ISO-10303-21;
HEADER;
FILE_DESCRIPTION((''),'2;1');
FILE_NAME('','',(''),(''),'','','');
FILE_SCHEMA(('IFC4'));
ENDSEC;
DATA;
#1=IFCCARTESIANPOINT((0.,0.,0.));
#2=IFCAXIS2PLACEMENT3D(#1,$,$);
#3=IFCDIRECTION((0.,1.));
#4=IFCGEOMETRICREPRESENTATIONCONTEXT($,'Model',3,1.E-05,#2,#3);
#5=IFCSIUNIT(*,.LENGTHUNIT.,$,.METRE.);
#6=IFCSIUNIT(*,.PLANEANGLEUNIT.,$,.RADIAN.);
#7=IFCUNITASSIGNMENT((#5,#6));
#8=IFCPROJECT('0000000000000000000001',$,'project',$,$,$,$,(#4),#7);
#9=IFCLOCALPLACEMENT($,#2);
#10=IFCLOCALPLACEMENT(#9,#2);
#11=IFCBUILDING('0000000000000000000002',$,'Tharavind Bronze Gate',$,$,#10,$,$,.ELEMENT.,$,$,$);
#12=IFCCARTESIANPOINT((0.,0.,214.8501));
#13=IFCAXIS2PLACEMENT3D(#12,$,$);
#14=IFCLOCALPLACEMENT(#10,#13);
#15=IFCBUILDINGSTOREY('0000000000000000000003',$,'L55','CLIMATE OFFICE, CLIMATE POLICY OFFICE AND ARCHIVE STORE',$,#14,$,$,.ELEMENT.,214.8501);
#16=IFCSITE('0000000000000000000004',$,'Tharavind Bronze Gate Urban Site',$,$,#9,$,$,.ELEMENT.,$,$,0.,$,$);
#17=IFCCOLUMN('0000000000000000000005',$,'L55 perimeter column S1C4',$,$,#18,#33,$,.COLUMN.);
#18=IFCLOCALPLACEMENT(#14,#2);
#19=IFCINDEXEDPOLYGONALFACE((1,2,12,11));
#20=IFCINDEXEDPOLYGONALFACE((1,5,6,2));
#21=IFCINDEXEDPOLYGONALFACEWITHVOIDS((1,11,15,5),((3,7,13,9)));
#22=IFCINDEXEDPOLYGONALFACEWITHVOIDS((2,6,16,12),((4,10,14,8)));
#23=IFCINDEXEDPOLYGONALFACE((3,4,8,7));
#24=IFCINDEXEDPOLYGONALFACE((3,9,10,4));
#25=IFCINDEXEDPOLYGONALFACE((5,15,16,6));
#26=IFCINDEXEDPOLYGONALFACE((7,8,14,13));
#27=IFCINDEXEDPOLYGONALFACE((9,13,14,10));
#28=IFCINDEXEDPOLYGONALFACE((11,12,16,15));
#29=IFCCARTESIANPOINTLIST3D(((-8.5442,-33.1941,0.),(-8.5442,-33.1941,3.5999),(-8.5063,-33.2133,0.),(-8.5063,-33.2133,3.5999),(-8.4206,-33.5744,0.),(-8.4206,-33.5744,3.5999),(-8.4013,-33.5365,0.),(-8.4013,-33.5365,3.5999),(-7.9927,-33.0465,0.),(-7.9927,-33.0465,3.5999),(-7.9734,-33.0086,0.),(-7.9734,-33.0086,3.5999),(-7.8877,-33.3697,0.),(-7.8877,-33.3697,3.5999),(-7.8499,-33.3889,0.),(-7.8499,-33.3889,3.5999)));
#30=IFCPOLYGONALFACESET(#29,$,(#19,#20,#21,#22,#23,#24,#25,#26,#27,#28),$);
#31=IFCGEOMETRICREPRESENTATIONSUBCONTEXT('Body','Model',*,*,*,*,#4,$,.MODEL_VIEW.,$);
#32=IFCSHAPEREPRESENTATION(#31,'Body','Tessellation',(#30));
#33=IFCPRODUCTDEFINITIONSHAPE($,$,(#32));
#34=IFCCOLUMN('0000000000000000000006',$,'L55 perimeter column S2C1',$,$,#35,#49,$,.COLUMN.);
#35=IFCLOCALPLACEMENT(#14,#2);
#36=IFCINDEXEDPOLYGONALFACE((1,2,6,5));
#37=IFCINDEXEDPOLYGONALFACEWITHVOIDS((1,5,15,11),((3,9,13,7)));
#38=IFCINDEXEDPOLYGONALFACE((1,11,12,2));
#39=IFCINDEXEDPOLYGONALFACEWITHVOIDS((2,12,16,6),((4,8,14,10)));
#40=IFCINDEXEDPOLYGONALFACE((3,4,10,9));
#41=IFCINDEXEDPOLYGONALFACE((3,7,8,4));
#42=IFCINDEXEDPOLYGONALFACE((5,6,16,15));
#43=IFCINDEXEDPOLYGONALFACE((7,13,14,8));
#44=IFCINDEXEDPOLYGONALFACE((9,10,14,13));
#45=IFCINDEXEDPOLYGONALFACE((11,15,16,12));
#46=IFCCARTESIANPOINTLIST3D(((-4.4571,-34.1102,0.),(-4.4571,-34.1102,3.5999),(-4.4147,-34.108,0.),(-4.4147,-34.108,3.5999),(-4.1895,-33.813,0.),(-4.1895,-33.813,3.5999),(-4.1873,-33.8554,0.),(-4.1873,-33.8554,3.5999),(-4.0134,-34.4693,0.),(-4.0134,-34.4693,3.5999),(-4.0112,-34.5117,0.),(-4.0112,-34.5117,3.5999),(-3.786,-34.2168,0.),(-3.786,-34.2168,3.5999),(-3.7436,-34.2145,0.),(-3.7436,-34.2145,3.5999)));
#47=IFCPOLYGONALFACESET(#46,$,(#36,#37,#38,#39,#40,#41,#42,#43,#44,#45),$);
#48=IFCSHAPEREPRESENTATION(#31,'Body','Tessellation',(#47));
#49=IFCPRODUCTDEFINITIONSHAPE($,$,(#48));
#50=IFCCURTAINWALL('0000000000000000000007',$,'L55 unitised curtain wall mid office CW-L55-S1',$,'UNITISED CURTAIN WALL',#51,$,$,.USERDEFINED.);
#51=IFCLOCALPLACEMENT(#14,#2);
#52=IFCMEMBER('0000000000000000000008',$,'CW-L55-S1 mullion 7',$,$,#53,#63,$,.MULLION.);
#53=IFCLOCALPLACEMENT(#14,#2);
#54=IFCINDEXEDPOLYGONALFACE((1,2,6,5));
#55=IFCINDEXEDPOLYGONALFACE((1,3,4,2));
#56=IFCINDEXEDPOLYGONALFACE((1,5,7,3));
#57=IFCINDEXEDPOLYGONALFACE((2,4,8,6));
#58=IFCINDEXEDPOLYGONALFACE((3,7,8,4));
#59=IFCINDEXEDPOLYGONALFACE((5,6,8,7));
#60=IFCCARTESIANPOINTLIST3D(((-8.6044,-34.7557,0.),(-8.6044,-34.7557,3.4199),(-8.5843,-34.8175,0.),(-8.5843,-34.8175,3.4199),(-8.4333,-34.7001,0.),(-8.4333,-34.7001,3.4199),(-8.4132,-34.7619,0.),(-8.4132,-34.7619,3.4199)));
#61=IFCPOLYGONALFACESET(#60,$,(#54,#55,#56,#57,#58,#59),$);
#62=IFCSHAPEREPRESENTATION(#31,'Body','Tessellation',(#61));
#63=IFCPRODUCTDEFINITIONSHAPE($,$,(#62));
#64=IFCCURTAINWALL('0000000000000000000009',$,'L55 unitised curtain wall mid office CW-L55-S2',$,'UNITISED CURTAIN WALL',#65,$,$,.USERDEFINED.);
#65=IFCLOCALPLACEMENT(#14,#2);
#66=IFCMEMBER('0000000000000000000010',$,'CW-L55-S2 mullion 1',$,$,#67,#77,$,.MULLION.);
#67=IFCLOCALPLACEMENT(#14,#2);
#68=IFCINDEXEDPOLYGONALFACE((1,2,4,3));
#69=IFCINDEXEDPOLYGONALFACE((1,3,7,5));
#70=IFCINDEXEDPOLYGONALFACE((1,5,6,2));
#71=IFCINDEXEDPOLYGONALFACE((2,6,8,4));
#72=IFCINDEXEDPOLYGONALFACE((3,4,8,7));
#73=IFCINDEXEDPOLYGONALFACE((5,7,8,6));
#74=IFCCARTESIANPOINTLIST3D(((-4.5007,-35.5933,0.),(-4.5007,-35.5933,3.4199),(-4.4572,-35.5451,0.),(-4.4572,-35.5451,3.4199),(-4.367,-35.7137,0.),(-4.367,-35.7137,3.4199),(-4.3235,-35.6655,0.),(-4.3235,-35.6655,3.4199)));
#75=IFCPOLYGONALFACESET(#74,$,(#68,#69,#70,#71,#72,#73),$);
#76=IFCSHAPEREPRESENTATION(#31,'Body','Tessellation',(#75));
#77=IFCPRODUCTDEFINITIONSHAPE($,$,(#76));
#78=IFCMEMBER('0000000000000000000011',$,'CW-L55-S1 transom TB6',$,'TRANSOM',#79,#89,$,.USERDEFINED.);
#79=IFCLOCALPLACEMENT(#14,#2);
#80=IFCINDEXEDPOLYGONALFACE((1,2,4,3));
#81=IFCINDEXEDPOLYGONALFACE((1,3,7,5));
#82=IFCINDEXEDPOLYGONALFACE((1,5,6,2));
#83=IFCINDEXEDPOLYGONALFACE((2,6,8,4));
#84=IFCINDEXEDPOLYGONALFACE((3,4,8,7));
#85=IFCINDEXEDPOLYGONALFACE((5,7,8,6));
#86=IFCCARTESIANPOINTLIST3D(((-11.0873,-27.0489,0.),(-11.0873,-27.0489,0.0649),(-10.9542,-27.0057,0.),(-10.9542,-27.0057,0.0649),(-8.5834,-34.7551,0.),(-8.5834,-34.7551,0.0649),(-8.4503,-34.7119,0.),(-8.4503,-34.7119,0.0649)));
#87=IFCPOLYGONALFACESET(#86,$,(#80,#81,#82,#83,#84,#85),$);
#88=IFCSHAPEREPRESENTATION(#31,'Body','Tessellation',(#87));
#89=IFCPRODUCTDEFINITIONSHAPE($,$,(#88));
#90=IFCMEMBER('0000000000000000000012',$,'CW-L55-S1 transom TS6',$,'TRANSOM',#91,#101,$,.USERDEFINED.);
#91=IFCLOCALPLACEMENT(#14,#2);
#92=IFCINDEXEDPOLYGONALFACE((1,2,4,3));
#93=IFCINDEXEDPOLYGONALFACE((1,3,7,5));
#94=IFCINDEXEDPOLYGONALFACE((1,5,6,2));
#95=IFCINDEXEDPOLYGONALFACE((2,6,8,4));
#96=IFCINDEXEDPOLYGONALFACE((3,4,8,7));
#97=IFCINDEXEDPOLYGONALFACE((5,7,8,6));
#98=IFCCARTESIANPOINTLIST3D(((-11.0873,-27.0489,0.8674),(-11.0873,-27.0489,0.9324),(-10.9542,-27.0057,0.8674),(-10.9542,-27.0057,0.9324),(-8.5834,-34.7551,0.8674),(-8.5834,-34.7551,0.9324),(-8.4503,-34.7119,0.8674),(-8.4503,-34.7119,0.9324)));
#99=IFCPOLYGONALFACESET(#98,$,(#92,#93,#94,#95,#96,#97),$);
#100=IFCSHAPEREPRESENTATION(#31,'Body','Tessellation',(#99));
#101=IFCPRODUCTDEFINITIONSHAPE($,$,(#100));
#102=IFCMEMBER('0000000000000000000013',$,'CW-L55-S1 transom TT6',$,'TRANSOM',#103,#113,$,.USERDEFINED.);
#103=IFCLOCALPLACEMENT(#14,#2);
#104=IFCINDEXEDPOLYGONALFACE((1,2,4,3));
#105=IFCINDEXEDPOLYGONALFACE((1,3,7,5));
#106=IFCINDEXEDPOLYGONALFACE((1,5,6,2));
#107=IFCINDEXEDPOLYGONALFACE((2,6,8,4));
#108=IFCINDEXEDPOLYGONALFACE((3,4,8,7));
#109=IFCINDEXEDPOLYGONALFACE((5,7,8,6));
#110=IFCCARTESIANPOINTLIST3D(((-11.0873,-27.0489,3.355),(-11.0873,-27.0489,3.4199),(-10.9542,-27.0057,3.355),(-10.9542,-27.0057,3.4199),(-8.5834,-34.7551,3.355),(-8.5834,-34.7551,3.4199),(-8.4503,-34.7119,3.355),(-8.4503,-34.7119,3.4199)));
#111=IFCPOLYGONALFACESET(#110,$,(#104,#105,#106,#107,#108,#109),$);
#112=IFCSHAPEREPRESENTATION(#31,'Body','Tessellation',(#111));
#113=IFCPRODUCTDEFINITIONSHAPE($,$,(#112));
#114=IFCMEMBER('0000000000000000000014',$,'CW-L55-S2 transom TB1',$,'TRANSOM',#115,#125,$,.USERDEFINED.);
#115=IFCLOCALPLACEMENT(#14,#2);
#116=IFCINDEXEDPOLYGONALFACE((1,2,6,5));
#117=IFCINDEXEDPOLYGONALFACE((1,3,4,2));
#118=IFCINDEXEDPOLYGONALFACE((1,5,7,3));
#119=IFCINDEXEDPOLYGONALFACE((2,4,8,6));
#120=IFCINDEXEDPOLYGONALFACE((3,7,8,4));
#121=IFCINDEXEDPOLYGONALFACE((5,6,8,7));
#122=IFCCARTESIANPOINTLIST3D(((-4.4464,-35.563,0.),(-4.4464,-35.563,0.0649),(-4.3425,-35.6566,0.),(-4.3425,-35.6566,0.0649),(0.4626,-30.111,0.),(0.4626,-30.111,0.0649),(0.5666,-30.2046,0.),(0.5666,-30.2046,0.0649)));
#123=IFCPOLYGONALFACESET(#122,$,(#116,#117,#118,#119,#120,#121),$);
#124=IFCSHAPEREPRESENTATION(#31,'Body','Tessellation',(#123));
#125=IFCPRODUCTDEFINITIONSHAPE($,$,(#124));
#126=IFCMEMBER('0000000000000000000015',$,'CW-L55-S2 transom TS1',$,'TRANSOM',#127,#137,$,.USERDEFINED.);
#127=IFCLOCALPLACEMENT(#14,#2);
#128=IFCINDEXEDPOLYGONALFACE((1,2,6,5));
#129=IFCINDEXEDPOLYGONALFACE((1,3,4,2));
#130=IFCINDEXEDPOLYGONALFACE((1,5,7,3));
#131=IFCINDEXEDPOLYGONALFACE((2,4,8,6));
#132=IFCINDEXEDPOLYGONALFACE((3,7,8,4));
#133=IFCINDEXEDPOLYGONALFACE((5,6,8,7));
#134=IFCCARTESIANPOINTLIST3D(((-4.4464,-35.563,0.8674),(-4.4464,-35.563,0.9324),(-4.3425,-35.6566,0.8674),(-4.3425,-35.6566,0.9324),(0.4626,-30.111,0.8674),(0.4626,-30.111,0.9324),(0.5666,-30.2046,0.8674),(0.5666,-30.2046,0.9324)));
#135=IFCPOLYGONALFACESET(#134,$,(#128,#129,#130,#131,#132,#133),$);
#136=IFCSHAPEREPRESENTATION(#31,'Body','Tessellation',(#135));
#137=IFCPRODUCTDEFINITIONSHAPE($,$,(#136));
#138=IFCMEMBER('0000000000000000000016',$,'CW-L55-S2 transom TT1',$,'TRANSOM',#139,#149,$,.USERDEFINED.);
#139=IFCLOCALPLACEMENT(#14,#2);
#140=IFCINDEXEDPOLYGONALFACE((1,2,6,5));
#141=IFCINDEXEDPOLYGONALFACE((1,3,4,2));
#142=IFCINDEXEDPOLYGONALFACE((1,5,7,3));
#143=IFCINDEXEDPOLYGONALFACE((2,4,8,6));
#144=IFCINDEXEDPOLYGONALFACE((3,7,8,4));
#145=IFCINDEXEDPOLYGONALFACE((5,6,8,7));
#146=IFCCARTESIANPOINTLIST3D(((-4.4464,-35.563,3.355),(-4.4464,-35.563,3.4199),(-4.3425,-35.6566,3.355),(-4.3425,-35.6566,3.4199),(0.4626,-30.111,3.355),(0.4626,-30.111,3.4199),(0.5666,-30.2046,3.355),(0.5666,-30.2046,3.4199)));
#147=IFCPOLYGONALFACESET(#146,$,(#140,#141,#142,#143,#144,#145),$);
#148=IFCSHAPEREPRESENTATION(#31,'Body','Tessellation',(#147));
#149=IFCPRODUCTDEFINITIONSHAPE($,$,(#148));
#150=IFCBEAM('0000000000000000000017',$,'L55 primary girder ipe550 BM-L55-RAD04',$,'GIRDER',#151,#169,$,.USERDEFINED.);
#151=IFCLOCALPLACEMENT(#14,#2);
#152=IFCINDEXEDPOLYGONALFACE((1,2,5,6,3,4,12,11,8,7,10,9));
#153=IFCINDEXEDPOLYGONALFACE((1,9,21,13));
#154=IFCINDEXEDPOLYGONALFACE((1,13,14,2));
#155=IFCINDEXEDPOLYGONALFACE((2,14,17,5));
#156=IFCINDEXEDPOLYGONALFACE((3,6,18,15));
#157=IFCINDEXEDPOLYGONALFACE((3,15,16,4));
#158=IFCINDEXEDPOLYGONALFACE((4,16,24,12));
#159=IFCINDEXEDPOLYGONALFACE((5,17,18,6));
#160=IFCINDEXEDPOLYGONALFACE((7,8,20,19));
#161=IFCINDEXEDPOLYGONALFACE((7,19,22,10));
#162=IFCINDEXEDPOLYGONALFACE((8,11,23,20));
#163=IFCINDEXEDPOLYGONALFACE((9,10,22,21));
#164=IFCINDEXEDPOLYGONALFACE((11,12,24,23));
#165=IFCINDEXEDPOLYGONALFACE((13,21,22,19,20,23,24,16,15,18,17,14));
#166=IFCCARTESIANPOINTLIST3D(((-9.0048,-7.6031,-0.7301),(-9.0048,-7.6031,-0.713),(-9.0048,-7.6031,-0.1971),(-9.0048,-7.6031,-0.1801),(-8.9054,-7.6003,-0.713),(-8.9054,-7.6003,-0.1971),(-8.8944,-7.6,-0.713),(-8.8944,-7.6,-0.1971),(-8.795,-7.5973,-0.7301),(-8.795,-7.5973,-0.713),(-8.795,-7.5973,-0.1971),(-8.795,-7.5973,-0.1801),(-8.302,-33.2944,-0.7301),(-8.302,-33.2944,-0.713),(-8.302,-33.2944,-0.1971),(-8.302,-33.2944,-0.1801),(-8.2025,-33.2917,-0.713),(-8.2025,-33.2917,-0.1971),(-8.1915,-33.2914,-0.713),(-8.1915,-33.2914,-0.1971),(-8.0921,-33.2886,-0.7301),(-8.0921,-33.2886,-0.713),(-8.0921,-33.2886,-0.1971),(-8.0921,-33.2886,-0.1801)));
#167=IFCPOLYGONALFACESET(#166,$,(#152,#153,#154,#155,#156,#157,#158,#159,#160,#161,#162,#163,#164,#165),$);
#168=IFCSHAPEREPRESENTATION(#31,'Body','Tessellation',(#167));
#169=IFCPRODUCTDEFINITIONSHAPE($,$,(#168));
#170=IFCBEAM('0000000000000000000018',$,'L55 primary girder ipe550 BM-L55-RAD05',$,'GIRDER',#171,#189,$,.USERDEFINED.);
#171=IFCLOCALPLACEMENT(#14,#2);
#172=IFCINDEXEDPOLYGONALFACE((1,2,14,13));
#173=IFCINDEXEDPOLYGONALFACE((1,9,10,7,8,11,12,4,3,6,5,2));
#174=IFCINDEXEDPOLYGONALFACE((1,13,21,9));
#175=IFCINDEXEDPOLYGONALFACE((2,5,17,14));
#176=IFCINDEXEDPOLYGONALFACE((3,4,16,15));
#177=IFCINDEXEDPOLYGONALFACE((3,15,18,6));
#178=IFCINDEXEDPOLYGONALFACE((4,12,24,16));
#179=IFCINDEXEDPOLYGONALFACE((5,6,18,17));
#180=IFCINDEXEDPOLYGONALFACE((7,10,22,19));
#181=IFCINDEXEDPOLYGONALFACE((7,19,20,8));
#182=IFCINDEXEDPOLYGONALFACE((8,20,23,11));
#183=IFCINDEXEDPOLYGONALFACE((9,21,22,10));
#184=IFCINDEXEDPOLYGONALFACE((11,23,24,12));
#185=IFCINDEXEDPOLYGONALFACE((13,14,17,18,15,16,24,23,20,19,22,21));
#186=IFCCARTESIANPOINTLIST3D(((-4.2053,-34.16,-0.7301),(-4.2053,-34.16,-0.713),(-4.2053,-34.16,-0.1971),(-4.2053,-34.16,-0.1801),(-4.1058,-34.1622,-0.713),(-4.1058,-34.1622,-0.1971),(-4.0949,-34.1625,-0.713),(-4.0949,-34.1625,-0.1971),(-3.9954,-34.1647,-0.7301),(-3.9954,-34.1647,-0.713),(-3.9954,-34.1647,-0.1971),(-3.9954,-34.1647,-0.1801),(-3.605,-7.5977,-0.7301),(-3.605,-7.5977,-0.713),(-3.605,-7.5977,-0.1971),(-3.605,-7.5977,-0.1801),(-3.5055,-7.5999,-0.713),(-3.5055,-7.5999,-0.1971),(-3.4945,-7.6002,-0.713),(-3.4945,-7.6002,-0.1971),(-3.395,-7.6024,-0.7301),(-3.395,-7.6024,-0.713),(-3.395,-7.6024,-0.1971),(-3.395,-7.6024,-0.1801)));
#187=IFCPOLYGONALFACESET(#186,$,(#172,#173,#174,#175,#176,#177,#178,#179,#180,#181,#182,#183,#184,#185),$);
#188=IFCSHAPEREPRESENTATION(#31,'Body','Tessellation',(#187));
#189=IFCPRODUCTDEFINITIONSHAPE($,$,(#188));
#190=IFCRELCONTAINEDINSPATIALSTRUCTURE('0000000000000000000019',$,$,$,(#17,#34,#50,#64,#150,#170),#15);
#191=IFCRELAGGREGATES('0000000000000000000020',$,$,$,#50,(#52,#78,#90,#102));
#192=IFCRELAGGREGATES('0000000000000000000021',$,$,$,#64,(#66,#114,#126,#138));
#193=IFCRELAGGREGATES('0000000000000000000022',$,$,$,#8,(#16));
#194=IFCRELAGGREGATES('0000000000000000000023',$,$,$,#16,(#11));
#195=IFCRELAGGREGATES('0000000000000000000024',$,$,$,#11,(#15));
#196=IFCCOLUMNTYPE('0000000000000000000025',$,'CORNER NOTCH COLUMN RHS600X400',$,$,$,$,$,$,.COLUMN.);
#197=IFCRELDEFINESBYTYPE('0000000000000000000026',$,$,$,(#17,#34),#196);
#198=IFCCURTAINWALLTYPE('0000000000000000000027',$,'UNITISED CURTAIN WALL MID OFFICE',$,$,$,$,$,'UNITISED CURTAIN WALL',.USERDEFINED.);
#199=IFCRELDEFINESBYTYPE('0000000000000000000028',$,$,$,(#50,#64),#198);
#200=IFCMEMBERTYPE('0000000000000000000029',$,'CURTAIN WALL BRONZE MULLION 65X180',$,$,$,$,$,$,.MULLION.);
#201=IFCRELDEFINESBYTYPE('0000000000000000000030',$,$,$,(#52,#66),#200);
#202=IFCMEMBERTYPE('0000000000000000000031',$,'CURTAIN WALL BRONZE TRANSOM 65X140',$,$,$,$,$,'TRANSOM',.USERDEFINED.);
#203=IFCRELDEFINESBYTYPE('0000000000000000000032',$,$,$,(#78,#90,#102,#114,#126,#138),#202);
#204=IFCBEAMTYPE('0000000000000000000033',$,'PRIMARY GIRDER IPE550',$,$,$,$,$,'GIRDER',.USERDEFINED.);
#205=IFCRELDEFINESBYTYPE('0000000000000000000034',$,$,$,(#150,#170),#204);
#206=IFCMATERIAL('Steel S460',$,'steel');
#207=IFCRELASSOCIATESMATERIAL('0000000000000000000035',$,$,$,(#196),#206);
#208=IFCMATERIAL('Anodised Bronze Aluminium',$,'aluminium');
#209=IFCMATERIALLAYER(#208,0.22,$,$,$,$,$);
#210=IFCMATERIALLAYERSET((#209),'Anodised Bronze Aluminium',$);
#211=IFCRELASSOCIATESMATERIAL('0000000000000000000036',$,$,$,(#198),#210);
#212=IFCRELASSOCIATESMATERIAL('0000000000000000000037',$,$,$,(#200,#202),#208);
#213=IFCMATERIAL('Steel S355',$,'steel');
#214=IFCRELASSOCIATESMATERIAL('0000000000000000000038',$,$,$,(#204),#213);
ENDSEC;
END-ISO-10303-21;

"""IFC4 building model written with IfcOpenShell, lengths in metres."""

from ifc_helpers import new_model, si_unit, direction, frame, origin, origin_2d, place, context, subcontext, project, spatial, rectangle, hollow_rectangle, i_section, extrude, material, layer, layer_set, material_profile, profile_set, type_object, element, aggregate, save


model = new_model("IFC4")

# Units and contexts
model_context = context("Model", 3, precision=1e-05, world=origin(), true_north=direction((0.0, 1.0)))
body_context = subcontext(model_context, "Body", "Model", "MODEL_VIEW")
ifc_project = project(units=[si_unit("LENGTHUNIT", "METRE"), si_unit("PLANEANGLEUNIT", "RADIAN")], contexts=[model_context])

# Site, building, storey
site_placement = place(None, origin())
site = spatial("IfcSite", under=ifc_project, at=site_placement, Name="Tharavind Bronze Gate Urban Site", CompositionType="ELEMENT", RefElevation=0.0)
building_placement = place(site_placement, origin())
building = spatial("IfcBuilding", under=site, at=building_placement, Name="Tharavind Bronze Gate", CompositionType="ELEMENT")
storey_placement = place(building_placement, frame((0.0, 0.0, 214.8501)))
storey = spatial("IfcBuildingStorey", under=building, at=storey_placement, Name="L55", Description="CLIMATE OFFICE, CLIMATE POLICY OFFICE AND ARCHIVE STORE", CompositionType="ELEMENT", Elevation=214.8501)

# Columns
ifc_material_1 = material(Name="Steel S460", Category="steel")
ifc_material_profile_1 = material_profile(ifc_material_1, hollow_rectangle(XDim=0.3999, YDim=0.6001, WallThickness=0.03, at=origin_2d()), Name="RHS600X400X30")
ifc_profile_set_1 = profile_set([ifc_material_profile_1], Name="Steel S460")
column_type = type_object("IfcColumnType", Name="CORNER NOTCH COLUMN RHS600X400", PredefinedType="COLUMN", material=ifc_profile_set_1)
for number, where, z_axis, x_axis, name in (
    (1, (-8.197, -33.2915, 0.0), (0.0, 0.0, 1.0), (-0.309017, 0.951057, 0.0), "L55 perimeter column S1C4"),
    (2, (-4.1003, -34.1624, 0.0), (0.0, 0.0, 1.0), (0.669131, 0.743145, 0.0), "L55 perimeter column S2C1"),
):
    element("IfcColumn", number, at=place(storey_placement, frame(where, z_axis=z_axis, x_axis=x_axis)), inside=storey, type_object=column_type, Name=name, PredefinedType="COLUMN", context=body_context, shape_type="SweptSolid", body=[
        extrude(hollow_rectangle(XDim=0.3999, YDim=0.6001, WallThickness=0.03, at=origin_2d()), origin(), (0.0, 0.0, 1.0), 3.5999),
    ])

# Curtain walls, members
ifc_material_2 = material(Name="Anodised Bronze Aluminium", Category="aluminium")
ifc_layer_1 = layer(ifc_material_2, 0.22)
ifc_layer_set_1 = layer_set([ifc_layer_1], Name="Anodised Bronze Aluminium")
curtain_wall_type = type_object("IfcCurtainWallType", Name="UNITISED CURTAIN WALL MID OFFICE", ElementType="UNITISED CURTAIN WALL", PredefinedType="USERDEFINED", material=ifc_layer_set_1)
curtain_wall_1_placement = place(storey_placement, origin())
curtain_wall_1 = element("IfcCurtainWall", 3, at=curtain_wall_1_placement, inside=storey, type_object=curtain_wall_type, Name="L55 unitised curtain wall mid office CW-L55-S1", ObjectType="UNITISED CURTAIN WALL", PredefinedType="USERDEFINED")
member_type_1 = type_object("IfcMemberType", Name="CURTAIN WALL BRONZE MULLION 65X180", PredefinedType="MULLION", material=ifc_material_2)
member_1_placement = place(storey_placement, frame((-8.5088, -34.7588, 0.0), z_axis=(0.0, 0.0, 1.0), x_axis=(0.309017, -0.951057, 0.0)))
member_1 = element("IfcMember", 4, at=member_1_placement, type_object=member_type_1, Name="CW-L55-S1 mullion 7", PredefinedType="MULLION", context=body_context, shape_type="SweptSolid", body=[
    extrude(rectangle(XDim=0.0649, YDim=0.1799, at=origin_2d()), origin(), (0.0, 0.0, 1.0), 3.4199),
])
curtain_wall_2_placement = place(storey_placement, origin())
curtain_wall_2 = element("IfcCurtainWall", 5, at=curtain_wall_2_placement, inside=storey, type_object=curtain_wall_type, Name="L55 unitised curtain wall mid office CW-L55-S2", ObjectType="UNITISED CURTAIN WALL", PredefinedType="USERDEFINED")
member_2_placement = place(storey_placement, frame((-4.4121, -35.6294, 0.0), z_axis=(0.0, 0.0, 1.0), x_axis=(0.669131, 0.743145, 0.0)))
member_2 = element("IfcMember", 6, at=member_2_placement, type_object=member_type_1, Name="CW-L55-S2 mullion 1", PredefinedType="MULLION", context=body_context, shape_type="SweptSolid", body=[
    extrude(rectangle(XDim=0.0649, YDim=0.1799, at=origin_2d()), origin(), (0.0, 0.0, 1.0), 3.4199),
])

# Members
member_type_2 = type_object("IfcMemberType", Name="CURTAIN WALL BRONZE TRANSOM 65X140", ElementType="TRANSOM", PredefinedType="USERDEFINED", material=ifc_material_2)
member_3_placement = place(storey_placement, frame((-9.7688, -30.8804, 0.0), z_axis=(0.0, 0.0, 1.0), x_axis=(0.309017, -0.951057, 0.0)))
member_3 = element("IfcMember", 7, at=member_3_placement, type_object=member_type_2, Name="CW-L55-S1 transom TB6", ObjectType="TRANSOM", PredefinedType="USERDEFINED", context=body_context, shape_type="SweptSolid", body=[
    extrude(rectangle(XDim=8.1028, YDim=0.1399, at=origin_2d()), origin(), (0.0, 0.0, 1.0), 0.0649),
])
member_4_placement = place(storey_placement, frame((-9.7688, -30.8804, 0.8674), z_axis=(0.0, 0.0, 1.0), x_axis=(0.309017, -0.951057, 0.0)))
member_4 = element("IfcMember", 8, at=member_4_placement, type_object=member_type_2, Name="CW-L55-S1 transom TS6", ObjectType="TRANSOM", PredefinedType="USERDEFINED", context=body_context, shape_type="SweptSolid", body=[
    extrude(rectangle(XDim=8.1028, YDim=0.1399, at=origin_2d()), origin(), (0.0, 0.0, 1.0), 0.0649),
])
member_5_placement = place(storey_placement, frame((-9.7688, -30.8804, 3.355), z_axis=(0.0, 0.0, 1.0), x_axis=(0.309017, -0.951057, 0.0)))
member_5 = element("IfcMember", 9, at=member_5_placement, type_object=member_type_2, Name="CW-L55-S1 transom TT6", ObjectType="TRANSOM", PredefinedType="USERDEFINED", context=body_context, shape_type="SweptSolid", body=[
    extrude(rectangle(XDim=8.1028, YDim=0.1399, at=origin_2d()), origin(), (0.0, 0.0, 1.0), 0.0649),
])
member_6_placement = place(storey_placement, frame((-1.9399, -32.8838, 0.0), z_axis=(0.0, 0.0, 1.0), x_axis=(0.669131, 0.743145, 0.0)))
member_6 = element("IfcMember", 10, at=member_6_placement, type_object=member_type_2, Name="CW-L55-S2 transom TB1", ObjectType="TRANSOM", PredefinedType="USERDEFINED", context=body_context, shape_type="SweptSolid", body=[
    extrude(rectangle(XDim=7.3364, YDim=0.1399, at=origin_2d()), origin(), (0.0, 0.0, 1.0), 0.0649),
])
member_7_placement = place(storey_placement, frame((-1.9399, -32.8838, 0.8674), z_axis=(0.0, 0.0, 1.0), x_axis=(0.669131, 0.743145, 0.0)))
member_7 = element("IfcMember", 11, at=member_7_placement, type_object=member_type_2, Name="CW-L55-S2 transom TS1", ObjectType="TRANSOM", PredefinedType="USERDEFINED", context=body_context, shape_type="SweptSolid", body=[
    extrude(rectangle(XDim=7.3364, YDim=0.1399, at=origin_2d()), origin(), (0.0, 0.0, 1.0), 0.0649),
])
member_8_placement = place(storey_placement, frame((-1.9399, -32.8838, 3.355), z_axis=(0.0, 0.0, 1.0), x_axis=(0.669131, 0.743145, 0.0)))
member_8 = element("IfcMember", 12, at=member_8_placement, type_object=member_type_2, Name="CW-L55-S2 transom TT1", ObjectType="TRANSOM", PredefinedType="USERDEFINED", context=body_context, shape_type="SweptSolid", body=[
    extrude(rectangle(XDim=7.3364, YDim=0.1399, at=origin_2d()), origin(), (0.0, 0.0, 1.0), 0.0649),
])

# Beams
ifc_material_3 = material(Name="Steel S355", Category="steel")
ifc_material_profile_2 = material_profile(ifc_material_3, i_section(OverallWidth=0.21, OverallDepth=0.55, WebThickness=0.011, FlangeThickness=0.0171, at=origin_2d()), Name="IPE550")
ifc_profile_set_2 = profile_set([ifc_material_profile_2], Name="Steel S355")
beam_type_1 = type_object("IfcBeamType", Name="PRIMARY GIRDER IPE550", ElementType="GIRDER", PredefinedType="USERDEFINED", material=ifc_profile_set_2)
beam_1_placement = place(storey_placement, frame((-8.197, -33.2915, -0.4551), z_axis=(-0.027348, 0.999626, 0.0), x_axis=(-0.999626, -0.027348, 0.0)))
element("IfcBeam", 13, at=beam_1_placement, inside=storey, type_object=beam_type_1, Name="L55 primary girder ipe550 BM-L55-RAD04", ObjectType="GIRDER", PredefinedType="USERDEFINED", context=body_context, shape_type="SweptSolid", body=[
    extrude(i_section(OverallWidth=0.21, OverallDepth=0.55, WebThickness=0.011, FlangeThickness=0.0171, at=origin_2d()), origin(), (0.0, 0.0, 1.0), 25.7009),
])
beam_2_placement = place(storey_placement, frame((-4.1003, -34.1624, -0.4551), z_axis=(0.022596, 0.999745, 0.0), x_axis=(-0.999745, 0.022596, 0.0)))
element("IfcBeam", 14, at=beam_2_placement, inside=storey, type_object=beam_type_1, Name="L55 primary girder ipe550 BM-L55-RAD05", ObjectType="GIRDER", PredefinedType="USERDEFINED", context=body_context, shape_type="SweptSolid", body=[
    extrude(i_section(OverallWidth=0.21, OverallDepth=0.55, WebThickness=0.011, FlangeThickness=0.0171, at=origin_2d()), origin(), (0.0, 0.0, 1.0), 26.5691),
])

aggregate(curtain_wall_1, [member_1, member_3, member_4, member_5])
aggregate(curtain_wall_2, [member_2, member_6, member_7, member_8])

save(model, "model.ifc")
